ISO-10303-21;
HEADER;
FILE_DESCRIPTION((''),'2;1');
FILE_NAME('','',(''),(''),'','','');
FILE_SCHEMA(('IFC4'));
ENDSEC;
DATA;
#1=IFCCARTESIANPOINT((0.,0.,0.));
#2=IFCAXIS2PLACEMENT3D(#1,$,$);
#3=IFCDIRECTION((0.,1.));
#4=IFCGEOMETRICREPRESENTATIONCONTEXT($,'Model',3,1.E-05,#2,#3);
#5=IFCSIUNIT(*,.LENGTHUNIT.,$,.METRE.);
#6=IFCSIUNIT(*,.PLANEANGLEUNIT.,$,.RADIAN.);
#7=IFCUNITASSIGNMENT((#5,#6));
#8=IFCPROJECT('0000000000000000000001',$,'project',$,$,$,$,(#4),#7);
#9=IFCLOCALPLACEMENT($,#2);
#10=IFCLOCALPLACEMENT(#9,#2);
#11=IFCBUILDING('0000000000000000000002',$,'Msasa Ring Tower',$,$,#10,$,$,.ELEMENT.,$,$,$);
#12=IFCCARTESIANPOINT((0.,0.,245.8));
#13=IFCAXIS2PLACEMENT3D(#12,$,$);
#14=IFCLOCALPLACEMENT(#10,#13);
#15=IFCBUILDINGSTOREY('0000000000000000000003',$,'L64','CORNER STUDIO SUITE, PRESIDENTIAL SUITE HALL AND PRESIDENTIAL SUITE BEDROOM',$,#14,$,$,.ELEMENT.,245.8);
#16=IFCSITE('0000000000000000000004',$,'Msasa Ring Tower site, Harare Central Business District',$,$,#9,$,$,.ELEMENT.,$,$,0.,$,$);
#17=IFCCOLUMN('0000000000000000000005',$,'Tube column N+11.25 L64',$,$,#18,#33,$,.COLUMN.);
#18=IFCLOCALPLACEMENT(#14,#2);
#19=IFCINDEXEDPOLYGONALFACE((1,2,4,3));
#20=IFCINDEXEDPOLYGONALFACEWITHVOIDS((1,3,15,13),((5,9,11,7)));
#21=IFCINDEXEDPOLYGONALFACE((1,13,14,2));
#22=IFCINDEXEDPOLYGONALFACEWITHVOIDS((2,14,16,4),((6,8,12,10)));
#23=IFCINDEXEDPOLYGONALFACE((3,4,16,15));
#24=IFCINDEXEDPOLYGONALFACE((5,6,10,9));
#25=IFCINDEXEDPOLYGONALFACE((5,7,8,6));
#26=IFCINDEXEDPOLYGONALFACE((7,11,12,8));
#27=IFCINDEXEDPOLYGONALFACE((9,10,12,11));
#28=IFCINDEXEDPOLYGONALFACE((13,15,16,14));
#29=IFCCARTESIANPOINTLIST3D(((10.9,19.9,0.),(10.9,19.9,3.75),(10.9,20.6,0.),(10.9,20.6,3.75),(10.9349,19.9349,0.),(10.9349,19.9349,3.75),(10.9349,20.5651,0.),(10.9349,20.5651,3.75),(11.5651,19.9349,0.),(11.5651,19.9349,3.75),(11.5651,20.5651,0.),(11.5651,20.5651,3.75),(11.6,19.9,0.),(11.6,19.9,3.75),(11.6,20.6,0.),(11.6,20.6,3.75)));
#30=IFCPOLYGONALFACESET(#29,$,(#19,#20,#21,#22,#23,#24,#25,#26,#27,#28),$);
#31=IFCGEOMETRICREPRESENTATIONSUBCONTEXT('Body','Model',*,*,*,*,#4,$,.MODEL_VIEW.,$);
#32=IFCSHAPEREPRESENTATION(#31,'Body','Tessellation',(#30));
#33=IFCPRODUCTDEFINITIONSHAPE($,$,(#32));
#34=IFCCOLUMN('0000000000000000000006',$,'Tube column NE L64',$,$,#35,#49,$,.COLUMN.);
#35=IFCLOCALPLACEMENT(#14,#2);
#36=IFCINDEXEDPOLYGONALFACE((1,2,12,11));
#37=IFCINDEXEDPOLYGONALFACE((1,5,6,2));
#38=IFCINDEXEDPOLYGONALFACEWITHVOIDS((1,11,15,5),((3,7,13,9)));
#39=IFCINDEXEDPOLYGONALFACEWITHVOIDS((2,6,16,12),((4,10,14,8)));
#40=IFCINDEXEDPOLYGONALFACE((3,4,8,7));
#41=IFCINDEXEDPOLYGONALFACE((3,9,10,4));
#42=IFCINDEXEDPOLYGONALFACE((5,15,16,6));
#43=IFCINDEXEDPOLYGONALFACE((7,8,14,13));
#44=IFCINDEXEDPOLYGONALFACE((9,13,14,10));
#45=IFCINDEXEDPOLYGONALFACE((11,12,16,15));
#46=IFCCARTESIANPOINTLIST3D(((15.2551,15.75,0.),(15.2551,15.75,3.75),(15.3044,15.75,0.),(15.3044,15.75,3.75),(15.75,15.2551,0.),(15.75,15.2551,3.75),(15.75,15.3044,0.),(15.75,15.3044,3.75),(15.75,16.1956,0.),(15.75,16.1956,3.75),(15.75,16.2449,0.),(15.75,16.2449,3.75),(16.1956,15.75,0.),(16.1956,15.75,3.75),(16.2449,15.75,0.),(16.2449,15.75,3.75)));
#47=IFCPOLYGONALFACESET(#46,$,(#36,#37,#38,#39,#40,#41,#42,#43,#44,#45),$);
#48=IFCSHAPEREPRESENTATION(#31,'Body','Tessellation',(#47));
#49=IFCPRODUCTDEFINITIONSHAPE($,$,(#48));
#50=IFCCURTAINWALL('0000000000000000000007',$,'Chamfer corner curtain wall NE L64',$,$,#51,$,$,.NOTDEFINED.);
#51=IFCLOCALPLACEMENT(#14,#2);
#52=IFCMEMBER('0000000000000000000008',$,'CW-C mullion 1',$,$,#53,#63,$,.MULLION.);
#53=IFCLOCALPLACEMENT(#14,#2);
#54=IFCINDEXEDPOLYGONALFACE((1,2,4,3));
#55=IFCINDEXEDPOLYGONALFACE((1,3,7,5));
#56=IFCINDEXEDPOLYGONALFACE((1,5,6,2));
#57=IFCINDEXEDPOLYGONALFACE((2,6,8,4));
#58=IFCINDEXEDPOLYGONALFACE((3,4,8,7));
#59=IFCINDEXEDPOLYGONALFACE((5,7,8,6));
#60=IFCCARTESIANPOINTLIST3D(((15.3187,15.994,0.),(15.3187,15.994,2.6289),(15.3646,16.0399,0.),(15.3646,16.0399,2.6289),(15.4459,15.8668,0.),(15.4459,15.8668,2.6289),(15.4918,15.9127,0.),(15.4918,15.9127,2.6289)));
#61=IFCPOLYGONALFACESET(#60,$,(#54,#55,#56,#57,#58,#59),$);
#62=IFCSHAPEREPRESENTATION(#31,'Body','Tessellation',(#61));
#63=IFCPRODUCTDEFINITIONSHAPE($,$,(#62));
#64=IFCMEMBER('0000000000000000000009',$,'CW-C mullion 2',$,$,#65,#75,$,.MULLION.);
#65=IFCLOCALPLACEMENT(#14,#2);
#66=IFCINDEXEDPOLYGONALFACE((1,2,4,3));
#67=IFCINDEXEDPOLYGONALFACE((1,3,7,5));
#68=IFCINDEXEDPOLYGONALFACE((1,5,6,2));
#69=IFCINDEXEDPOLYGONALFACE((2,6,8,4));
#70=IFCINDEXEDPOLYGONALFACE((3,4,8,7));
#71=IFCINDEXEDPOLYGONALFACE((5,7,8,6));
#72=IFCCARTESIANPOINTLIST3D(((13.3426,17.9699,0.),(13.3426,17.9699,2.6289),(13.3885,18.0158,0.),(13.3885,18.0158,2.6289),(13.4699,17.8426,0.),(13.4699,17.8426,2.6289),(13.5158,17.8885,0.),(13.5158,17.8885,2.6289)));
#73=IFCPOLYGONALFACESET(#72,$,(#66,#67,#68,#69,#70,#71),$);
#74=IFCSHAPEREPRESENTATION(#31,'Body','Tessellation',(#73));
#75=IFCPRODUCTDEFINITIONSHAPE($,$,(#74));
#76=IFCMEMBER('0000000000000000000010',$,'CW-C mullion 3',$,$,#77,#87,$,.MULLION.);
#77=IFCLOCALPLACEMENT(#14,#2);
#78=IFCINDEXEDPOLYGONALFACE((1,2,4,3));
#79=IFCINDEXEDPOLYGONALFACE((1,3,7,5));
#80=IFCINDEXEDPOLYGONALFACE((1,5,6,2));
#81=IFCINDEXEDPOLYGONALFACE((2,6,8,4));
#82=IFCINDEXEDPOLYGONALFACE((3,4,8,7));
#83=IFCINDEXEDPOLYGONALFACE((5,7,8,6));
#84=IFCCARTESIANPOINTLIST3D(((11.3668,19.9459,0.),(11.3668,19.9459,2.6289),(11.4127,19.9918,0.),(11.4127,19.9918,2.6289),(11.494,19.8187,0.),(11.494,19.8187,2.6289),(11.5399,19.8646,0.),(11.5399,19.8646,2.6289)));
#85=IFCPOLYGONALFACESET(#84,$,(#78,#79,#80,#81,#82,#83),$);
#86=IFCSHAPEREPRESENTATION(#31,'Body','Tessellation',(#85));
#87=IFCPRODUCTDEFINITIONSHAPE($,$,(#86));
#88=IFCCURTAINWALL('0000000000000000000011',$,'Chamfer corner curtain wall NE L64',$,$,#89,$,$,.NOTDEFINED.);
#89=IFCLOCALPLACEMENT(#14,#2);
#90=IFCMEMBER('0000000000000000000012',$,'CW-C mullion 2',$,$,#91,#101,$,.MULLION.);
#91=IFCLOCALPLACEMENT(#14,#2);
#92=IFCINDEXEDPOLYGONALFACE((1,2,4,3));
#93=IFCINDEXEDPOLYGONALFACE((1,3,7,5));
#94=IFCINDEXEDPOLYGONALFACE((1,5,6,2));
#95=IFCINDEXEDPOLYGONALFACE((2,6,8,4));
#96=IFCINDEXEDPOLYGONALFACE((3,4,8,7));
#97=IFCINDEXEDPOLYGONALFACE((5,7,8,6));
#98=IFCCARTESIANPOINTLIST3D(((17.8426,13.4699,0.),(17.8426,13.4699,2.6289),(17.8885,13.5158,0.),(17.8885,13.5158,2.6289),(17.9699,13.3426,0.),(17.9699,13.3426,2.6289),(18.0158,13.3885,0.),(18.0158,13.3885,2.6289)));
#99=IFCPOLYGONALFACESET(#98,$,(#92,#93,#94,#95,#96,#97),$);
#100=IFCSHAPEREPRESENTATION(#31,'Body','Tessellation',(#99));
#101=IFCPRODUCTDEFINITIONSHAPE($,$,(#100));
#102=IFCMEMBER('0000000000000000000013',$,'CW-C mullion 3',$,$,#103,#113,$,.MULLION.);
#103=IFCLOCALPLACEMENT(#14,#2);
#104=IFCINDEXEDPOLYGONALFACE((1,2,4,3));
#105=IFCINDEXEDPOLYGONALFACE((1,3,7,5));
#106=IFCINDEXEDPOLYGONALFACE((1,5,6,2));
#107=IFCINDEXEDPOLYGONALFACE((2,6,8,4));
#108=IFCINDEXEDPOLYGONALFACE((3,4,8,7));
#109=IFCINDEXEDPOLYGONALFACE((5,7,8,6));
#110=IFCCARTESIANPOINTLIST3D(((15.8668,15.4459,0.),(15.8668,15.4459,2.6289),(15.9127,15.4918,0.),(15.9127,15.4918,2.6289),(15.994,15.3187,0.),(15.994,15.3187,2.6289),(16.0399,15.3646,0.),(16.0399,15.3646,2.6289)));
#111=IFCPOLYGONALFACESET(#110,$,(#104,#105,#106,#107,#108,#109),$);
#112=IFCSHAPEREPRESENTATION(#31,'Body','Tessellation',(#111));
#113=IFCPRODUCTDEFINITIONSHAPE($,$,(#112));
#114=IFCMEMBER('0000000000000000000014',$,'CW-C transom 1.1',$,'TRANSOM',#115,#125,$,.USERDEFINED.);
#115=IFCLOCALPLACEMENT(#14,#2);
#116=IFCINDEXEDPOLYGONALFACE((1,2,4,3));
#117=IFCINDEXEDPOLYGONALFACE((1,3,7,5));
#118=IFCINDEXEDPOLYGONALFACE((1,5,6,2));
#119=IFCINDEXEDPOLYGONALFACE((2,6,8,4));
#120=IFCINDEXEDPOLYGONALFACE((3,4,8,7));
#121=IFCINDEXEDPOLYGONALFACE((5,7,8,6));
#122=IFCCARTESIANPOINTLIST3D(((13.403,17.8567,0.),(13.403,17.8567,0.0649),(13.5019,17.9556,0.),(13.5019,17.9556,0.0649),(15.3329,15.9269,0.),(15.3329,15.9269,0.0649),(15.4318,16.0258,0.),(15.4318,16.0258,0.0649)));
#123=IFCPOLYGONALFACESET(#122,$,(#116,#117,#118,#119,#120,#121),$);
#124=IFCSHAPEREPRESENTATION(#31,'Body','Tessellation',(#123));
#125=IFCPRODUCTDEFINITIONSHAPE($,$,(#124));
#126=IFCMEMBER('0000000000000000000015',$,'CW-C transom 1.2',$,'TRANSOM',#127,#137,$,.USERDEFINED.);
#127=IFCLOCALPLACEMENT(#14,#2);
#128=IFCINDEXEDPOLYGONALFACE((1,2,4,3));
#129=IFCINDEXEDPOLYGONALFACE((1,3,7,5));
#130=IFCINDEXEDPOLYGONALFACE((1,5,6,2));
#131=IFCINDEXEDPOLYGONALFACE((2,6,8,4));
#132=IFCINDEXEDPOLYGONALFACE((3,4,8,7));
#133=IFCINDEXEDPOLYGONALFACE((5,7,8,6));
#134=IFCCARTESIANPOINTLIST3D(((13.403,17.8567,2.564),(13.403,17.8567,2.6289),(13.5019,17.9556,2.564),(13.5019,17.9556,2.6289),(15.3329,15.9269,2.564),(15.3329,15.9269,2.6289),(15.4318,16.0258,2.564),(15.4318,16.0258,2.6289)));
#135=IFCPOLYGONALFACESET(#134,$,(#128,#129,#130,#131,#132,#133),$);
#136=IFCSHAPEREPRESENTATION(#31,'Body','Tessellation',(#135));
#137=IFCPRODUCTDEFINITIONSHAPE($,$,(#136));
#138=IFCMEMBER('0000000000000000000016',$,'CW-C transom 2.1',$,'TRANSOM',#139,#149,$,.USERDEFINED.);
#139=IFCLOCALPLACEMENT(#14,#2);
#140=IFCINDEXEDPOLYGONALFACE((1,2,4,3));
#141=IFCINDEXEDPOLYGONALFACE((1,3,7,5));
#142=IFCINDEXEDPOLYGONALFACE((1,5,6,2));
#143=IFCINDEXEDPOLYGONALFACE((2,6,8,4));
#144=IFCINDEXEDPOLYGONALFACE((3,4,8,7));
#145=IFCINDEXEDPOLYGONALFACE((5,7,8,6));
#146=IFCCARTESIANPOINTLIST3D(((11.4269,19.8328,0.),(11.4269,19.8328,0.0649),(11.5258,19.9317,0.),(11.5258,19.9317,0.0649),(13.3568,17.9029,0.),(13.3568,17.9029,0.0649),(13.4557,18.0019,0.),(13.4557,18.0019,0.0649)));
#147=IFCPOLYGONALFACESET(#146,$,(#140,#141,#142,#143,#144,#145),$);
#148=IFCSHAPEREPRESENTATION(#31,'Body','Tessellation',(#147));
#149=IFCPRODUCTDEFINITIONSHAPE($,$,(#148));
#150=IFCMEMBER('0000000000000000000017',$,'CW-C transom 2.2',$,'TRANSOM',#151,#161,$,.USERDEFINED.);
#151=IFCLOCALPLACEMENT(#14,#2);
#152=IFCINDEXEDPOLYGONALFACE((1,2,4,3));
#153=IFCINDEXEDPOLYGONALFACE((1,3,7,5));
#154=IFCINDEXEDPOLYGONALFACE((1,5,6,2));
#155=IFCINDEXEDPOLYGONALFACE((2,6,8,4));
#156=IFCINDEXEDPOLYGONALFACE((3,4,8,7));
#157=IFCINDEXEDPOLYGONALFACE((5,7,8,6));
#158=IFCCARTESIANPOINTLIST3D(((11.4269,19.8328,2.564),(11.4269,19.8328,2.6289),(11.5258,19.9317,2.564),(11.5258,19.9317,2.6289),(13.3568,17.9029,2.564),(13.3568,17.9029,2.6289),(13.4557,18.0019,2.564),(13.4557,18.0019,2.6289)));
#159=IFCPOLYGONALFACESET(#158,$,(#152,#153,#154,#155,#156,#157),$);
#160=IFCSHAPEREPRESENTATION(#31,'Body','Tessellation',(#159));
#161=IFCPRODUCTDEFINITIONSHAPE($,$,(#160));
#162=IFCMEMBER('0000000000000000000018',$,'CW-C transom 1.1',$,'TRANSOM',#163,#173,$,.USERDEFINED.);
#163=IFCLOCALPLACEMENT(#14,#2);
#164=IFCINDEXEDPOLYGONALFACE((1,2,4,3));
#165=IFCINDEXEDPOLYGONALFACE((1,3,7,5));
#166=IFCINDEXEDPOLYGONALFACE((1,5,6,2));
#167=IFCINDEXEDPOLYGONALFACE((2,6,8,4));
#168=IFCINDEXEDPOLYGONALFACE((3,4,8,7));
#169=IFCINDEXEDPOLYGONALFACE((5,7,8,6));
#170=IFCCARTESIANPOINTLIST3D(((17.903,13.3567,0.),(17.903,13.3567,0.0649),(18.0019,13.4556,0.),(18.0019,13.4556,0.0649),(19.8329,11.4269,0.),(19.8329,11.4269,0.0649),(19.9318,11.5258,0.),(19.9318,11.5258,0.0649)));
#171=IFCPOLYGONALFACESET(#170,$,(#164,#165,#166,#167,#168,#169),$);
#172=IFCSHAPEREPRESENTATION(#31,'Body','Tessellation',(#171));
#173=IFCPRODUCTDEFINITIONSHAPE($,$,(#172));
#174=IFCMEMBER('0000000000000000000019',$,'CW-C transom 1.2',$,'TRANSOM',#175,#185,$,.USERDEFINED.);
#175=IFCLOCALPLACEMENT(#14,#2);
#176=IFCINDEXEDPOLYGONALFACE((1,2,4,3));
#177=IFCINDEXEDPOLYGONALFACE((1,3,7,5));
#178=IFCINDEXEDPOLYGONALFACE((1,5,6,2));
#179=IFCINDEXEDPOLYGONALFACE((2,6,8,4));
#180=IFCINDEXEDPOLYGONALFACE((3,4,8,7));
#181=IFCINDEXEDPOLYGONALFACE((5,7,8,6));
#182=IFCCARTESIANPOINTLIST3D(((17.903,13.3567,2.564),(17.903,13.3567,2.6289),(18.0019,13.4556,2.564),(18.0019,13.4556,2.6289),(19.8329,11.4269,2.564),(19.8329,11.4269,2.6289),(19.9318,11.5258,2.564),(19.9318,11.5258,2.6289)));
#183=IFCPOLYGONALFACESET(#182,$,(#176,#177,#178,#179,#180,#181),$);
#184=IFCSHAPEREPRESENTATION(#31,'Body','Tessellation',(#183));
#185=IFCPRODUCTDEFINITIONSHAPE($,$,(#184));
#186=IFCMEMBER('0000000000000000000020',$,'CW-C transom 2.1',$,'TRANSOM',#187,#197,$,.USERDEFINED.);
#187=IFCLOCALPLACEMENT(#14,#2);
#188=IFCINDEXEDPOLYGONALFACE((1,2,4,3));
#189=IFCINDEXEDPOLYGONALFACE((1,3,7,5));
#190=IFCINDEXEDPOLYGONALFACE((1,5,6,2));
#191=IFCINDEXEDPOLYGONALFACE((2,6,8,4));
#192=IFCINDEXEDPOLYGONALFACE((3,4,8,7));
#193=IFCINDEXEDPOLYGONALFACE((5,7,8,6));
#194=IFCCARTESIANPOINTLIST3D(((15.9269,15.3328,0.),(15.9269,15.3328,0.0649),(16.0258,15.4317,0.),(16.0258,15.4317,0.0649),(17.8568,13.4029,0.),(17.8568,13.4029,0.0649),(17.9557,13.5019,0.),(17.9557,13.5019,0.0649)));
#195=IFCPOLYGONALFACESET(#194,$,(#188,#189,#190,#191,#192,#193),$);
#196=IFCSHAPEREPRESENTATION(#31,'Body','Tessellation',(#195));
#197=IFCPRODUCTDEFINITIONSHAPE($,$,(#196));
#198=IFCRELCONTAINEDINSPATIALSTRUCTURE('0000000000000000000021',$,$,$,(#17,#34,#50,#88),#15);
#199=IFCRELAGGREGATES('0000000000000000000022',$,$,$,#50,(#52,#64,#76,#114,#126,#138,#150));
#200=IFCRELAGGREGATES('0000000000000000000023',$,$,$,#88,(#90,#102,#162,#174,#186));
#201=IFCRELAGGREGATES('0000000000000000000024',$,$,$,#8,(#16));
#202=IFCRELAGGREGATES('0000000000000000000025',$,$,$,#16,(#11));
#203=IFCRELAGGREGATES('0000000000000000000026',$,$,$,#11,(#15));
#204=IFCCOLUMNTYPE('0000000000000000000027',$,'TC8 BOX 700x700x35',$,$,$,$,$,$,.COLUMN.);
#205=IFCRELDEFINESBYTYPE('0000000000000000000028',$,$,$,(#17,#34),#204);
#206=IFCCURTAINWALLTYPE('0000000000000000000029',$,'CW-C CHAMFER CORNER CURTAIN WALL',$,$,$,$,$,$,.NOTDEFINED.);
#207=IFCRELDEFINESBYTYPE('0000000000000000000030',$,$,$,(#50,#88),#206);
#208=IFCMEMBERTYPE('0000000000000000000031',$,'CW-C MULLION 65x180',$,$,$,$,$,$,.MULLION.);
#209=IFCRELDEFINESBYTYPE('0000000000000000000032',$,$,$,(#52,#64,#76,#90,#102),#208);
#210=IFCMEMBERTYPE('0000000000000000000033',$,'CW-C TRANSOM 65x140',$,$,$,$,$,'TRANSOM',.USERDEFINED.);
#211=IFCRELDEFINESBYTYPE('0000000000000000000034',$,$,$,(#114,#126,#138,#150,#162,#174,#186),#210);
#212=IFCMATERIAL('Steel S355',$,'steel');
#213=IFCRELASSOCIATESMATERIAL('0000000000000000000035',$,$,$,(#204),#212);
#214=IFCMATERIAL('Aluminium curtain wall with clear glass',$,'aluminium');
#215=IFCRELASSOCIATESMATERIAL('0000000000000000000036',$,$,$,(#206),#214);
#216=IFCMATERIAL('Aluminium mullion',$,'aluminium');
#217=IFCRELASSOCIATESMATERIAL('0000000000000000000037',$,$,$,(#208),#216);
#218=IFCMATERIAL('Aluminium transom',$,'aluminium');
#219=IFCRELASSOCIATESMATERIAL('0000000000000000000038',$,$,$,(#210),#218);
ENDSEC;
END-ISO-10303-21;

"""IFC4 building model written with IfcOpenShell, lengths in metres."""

from ifc_helpers import new_model, si_unit, direction, frame, origin, origin_2d, place, context, subcontext, project, spatial, rectangle, hollow_rectangle, extrude, material, material_profile, profile_set, type_object, element, aggregate, save


model = new_model("IFC4")

# Units and contexts
model_context = context("Model", 3, precision=1e-05, world=origin(), true_north=direction((0.0, 1.0)))
body_context = subcontext(model_context, "Body", "Model", "MODEL_VIEW")
ifc_project = project(units=[si_unit("LENGTHUNIT", "METRE"), si_unit("PLANEANGLEUNIT", "RADIAN")], contexts=[model_context])

# Site, building, storey
site_placement = place(None, origin())
site = spatial("IfcSite", under=ifc_project, at=site_placement, Name="Msasa Ring Tower site, Harare Central Business District", CompositionType="ELEMENT", RefElevation=0.0)
building_placement = place(site_placement, origin())
building = spatial("IfcBuilding", under=site, at=building_placement, Name="Msasa Ring Tower", CompositionType="ELEMENT")
storey_placement = place(building_placement, frame((0.0, 0.0, 245.8)))
storey = spatial("IfcBuildingStorey", under=building, at=storey_placement, Name="L64", Description="CORNER STUDIO SUITE, PRESIDENTIAL SUITE HALL AND PRESIDENTIAL SUITE BEDROOM", CompositionType="ELEMENT", Elevation=245.8)

# Columns
ifc_material_1 = material(Name="Steel S355", Category="steel")
ifc_material_profile_1 = material_profile(ifc_material_1, hollow_rectangle(XDim=0.7, YDim=0.7, WallThickness=0.0349, at=origin_2d()), Name="BOX 700x700x35")
ifc_profile_set_1 = profile_set([ifc_material_profile_1], Name="Steel S355")
column_type = type_object("IfcColumnType", Name="TC8 BOX 700x700x35", PredefinedType="COLUMN", material=ifc_profile_set_1)
for number, where, z_axis, x_axis, name in (
    (1, (11.25, 20.25, 0.0), (0.0, 0.0, 1.0), (0.0, 1.0, 0.0), "Tube column N+11.25 L64"),
    (2, (15.75, 15.75, 0.0), (0.0, 0.0, 1.0), (0.707107, 0.707107, 0.0), "Tube column NE L64"),
):
    element("IfcColumn", number, at=place(storey_placement, frame(where, z_axis=z_axis, x_axis=x_axis)), inside=storey, type_object=column_type, Name=name, PredefinedType="COLUMN", context=body_context, shape_type="SweptSolid", body=[
        extrude(hollow_rectangle(XDim=0.7, YDim=0.7, WallThickness=0.0349, at=origin_2d()), origin(), (0.0, 0.0, 1.0), 3.75),
    ])

# Curtain walls, members
ifc_material_2 = material(Name="Aluminium curtain wall with clear glass", Category="aluminium")
curtain_wall_type = type_object("IfcCurtainWallType", Name="CW-C CHAMFER CORNER CURTAIN WALL", PredefinedType="NOTDEFINED", material=ifc_material_2)
curtain_wall_1_placement = place(storey_placement, origin())
curtain_wall_1 = element("IfcCurtainWall", 3, at=curtain_wall_1_placement, inside=storey, type_object=curtain_wall_type, Name="Chamfer corner curtain wall NE L64", PredefinedType="NOTDEFINED")
ifc_material_3 = material(Name="Aluminium mullion", Category="aluminium")
ifc_material_profile_2 = material_profile(ifc_material_3, rectangle(XDim=0.0649, YDim=0.1799, at=origin_2d()), Name="AL 65x180")
ifc_profile_set_2 = profile_set([ifc_material_profile_2], Name="Aluminium mullion")
member_type_1 = type_object("IfcMemberType", Name="CW-C MULLION 65x180", PredefinedType="MULLION", material=ifc_profile_set_2)
member_1_placement = place(storey_placement, frame((15.4053, 15.9534, 0.0), z_axis=(0.0, 0.0, 1.0), x_axis=(-0.707107, -0.707107, 0.0)))
member_1 = element("IfcMember", 4, at=member_1_placement, type_object=member_type_1, Name="CW-C mullion 1", PredefinedType="MULLION", context=body_context, shape_type="SweptSolid", body=[
    extrude(rectangle(XDim=0.0649, YDim=0.1799, at=origin_2d()), origin(), (0.0, 0.0, 1.0), 2.6289),
])
member_2_placement = place(storey_placement, frame((13.4292, 17.9292, 0.0), z_axis=(0.0, 0.0, 1.0), x_axis=(-0.707107, -0.707107, 0.0)))
member_2 = element("IfcMember", 5, at=member_2_placement, type_object=member_type_1, Name="CW-C mullion 2", PredefinedType="MULLION", context=body_context, shape_type="SweptSolid", body=[
    extrude(rectangle(XDim=0.0649, YDim=0.1799, at=origin_2d()), origin(), (0.0, 0.0, 1.0), 2.6289),
])
member_3_placement = place(storey_placement, frame((11.4534, 19.9053, 0.0), z_axis=(0.0, 0.0, 1.0), x_axis=(-0.707107, -0.707107, 0.0)))
member_3 = element("IfcMember", 6, at=member_3_placement, type_object=member_type_1, Name="CW-C mullion 3", PredefinedType="MULLION", context=body_context, shape_type="SweptSolid", body=[
    extrude(rectangle(XDim=0.0649, YDim=0.1799, at=origin_2d()), origin(), (0.0, 0.0, 1.0), 2.6289),
])
curtain_wall_2_placement = place(storey_placement, origin())
curtain_wall_2 = element("IfcCurtainWall", 7, at=curtain_wall_2_placement, inside=storey, type_object=curtain_wall_type, Name="Chamfer corner curtain wall NE L64", PredefinedType="NOTDEFINED")
member_4_placement = place(storey_placement, frame((17.9292, 13.4292, 0.0), z_axis=(0.0, 0.0, 1.0), x_axis=(-0.707107, -0.707107, 0.0)))
member_4 = element("IfcMember", 8, at=member_4_placement, type_object=member_type_1, Name="CW-C mullion 2", PredefinedType="MULLION", context=body_context, shape_type="SweptSolid", body=[
    extrude(rectangle(XDim=0.0649, YDim=0.1799, at=origin_2d()), origin(), (0.0, 0.0, 1.0), 2.6289),
])
member_5_placement = place(storey_placement, frame((15.9534, 15.4053, 0.0), z_axis=(0.0, 0.0, 1.0), x_axis=(-0.707107, -0.707107, 0.0)))
member_5 = element("IfcMember", 9, at=member_5_placement, type_object=member_type_1, Name="CW-C mullion 3", PredefinedType="MULLION", context=body_context, shape_type="SweptSolid", body=[
    extrude(rectangle(XDim=0.0649, YDim=0.1799, at=origin_2d()), origin(), (0.0, 0.0, 1.0), 2.6289),
])

# Members
ifc_material_4 = material(Name="Aluminium transom", Category="aluminium")
ifc_material_profile_3 = material_profile(ifc_material_4, rectangle(XDim=0.1399, YDim=0.0649, at=origin_2d()), Name="AL 65x140")
ifc_profile_set_3 = profile_set([ifc_material_profile_3], Name="Aluminium transom")
member_type_2 = type_object("IfcMemberType", Name="CW-C TRANSOM 65x140", ElementType="TRANSOM", PredefinedType="USERDEFINED", material=ifc_profile_set_3)
member_6_placement = place(storey_placement, frame((15.3823, 15.9763, 0.0325), z_axis=(-0.707107, 0.707107, 0.0), x_axis=(-0.707107, -0.707107, 0.0)))
member_6 = element("IfcMember", 10, at=member_6_placement, type_object=member_type_2, Name="CW-C transom 1.1", ObjectType="TRANSOM", PredefinedType="USERDEFINED", context=body_context, shape_type="SweptSolid", body=[
    extrude(rectangle(XDim=0.1399, YDim=0.0649, at=origin_2d()), origin(), (0.0, 0.0, 1.0), 2.7292),
])
member_7_placement = place(storey_placement, frame((15.3823, 15.9763, 2.5964), z_axis=(-0.707107, 0.707107, 0.0), x_axis=(-0.707107, -0.707107, 0.0)))
member_7 = element("IfcMember", 11, at=member_7_placement, type_object=member_type_2, Name="CW-C transom 1.2", ObjectType="TRANSOM", PredefinedType="USERDEFINED", context=body_context, shape_type="SweptSolid", body=[
    extrude(rectangle(XDim=0.1399, YDim=0.0649, at=origin_2d()), origin(), (0.0, 0.0, 1.0), 2.7292),
])
member_8_placement = place(storey_placement, frame((13.4062, 17.9524, 0.0325), z_axis=(-0.707107, 0.707107, 0.0), x_axis=(-0.707107, -0.707107, 0.0)))
member_8 = element("IfcMember", 12, at=member_8_placement, type_object=member_type_2, Name="CW-C transom 2.1", ObjectType="TRANSOM", PredefinedType="USERDEFINED", context=body_context, shape_type="SweptSolid", body=[
    extrude(rectangle(XDim=0.1399, YDim=0.0649, at=origin_2d()), origin(), (0.0, 0.0, 1.0), 2.7292),
])
member_9_placement = place(storey_placement, frame((13.4062, 17.9524, 2.5964), z_axis=(-0.707107, 0.707107, 0.0), x_axis=(-0.707107, -0.707107, 0.0)))
member_9 = element("IfcMember", 13, at=member_9_placement, type_object=member_type_2, Name="CW-C transom 2.2", ObjectType="TRANSOM", PredefinedType="USERDEFINED", context=body_context, shape_type="SweptSolid", body=[
    extrude(rectangle(XDim=0.1399, YDim=0.0649, at=origin_2d()), origin(), (0.0, 0.0, 1.0), 2.7292),
])
member_10_placement = place(storey_placement, frame((19.8823, 11.4763, 0.0325), z_axis=(-0.707107, 0.707107, 0.0), x_axis=(-0.707107, -0.707107, 0.0)))
member_10 = element("IfcMember", 14, at=member_10_placement, type_object=member_type_2, Name="CW-C transom 1.1", ObjectType="TRANSOM", PredefinedType="USERDEFINED", context=body_context, shape_type="SweptSolid", body=[
    extrude(rectangle(XDim=0.1399, YDim=0.0649, at=origin_2d()), origin(), (0.0, 0.0, 1.0), 2.7292),
])
member_11_placement = place(storey_placement, frame((19.8823, 11.4763, 2.5964), z_axis=(-0.707107, 0.707107, 0.0), x_axis=(-0.707107, -0.707107, 0.0)))
member_11 = element("IfcMember", 15, at=member_11_placement, type_object=member_type_2, Name="CW-C transom 1.2", ObjectType="TRANSOM", PredefinedType="USERDEFINED", context=body_context, shape_type="SweptSolid", body=[
    extrude(rectangle(XDim=0.1399, YDim=0.0649, at=origin_2d()), origin(), (0.0, 0.0, 1.0), 2.7292),
])
member_12_placement = place(storey_placement, frame((17.9062, 13.4524, 0.0325), z_axis=(-0.707107, 0.707107, 0.0), x_axis=(-0.707107, -0.707107, 0.0)))
member_12 = element("IfcMember", 16, at=member_12_placement, type_object=member_type_2, Name="CW-C transom 2.1", ObjectType="TRANSOM", PredefinedType="USERDEFINED", context=body_context, shape_type="SweptSolid", body=[
    extrude(rectangle(XDim=0.1399, YDim=0.0649, at=origin_2d()), origin(), (0.0, 0.0, 1.0), 2.7292),
])

aggregate(curtain_wall_1, [member_1, member_2, member_3, member_6, member_7, member_8, member_9])
aggregate(curtain_wall_2, [member_4, member_5, member_10, member_11, member_12])

save(model, "model.ifc")
